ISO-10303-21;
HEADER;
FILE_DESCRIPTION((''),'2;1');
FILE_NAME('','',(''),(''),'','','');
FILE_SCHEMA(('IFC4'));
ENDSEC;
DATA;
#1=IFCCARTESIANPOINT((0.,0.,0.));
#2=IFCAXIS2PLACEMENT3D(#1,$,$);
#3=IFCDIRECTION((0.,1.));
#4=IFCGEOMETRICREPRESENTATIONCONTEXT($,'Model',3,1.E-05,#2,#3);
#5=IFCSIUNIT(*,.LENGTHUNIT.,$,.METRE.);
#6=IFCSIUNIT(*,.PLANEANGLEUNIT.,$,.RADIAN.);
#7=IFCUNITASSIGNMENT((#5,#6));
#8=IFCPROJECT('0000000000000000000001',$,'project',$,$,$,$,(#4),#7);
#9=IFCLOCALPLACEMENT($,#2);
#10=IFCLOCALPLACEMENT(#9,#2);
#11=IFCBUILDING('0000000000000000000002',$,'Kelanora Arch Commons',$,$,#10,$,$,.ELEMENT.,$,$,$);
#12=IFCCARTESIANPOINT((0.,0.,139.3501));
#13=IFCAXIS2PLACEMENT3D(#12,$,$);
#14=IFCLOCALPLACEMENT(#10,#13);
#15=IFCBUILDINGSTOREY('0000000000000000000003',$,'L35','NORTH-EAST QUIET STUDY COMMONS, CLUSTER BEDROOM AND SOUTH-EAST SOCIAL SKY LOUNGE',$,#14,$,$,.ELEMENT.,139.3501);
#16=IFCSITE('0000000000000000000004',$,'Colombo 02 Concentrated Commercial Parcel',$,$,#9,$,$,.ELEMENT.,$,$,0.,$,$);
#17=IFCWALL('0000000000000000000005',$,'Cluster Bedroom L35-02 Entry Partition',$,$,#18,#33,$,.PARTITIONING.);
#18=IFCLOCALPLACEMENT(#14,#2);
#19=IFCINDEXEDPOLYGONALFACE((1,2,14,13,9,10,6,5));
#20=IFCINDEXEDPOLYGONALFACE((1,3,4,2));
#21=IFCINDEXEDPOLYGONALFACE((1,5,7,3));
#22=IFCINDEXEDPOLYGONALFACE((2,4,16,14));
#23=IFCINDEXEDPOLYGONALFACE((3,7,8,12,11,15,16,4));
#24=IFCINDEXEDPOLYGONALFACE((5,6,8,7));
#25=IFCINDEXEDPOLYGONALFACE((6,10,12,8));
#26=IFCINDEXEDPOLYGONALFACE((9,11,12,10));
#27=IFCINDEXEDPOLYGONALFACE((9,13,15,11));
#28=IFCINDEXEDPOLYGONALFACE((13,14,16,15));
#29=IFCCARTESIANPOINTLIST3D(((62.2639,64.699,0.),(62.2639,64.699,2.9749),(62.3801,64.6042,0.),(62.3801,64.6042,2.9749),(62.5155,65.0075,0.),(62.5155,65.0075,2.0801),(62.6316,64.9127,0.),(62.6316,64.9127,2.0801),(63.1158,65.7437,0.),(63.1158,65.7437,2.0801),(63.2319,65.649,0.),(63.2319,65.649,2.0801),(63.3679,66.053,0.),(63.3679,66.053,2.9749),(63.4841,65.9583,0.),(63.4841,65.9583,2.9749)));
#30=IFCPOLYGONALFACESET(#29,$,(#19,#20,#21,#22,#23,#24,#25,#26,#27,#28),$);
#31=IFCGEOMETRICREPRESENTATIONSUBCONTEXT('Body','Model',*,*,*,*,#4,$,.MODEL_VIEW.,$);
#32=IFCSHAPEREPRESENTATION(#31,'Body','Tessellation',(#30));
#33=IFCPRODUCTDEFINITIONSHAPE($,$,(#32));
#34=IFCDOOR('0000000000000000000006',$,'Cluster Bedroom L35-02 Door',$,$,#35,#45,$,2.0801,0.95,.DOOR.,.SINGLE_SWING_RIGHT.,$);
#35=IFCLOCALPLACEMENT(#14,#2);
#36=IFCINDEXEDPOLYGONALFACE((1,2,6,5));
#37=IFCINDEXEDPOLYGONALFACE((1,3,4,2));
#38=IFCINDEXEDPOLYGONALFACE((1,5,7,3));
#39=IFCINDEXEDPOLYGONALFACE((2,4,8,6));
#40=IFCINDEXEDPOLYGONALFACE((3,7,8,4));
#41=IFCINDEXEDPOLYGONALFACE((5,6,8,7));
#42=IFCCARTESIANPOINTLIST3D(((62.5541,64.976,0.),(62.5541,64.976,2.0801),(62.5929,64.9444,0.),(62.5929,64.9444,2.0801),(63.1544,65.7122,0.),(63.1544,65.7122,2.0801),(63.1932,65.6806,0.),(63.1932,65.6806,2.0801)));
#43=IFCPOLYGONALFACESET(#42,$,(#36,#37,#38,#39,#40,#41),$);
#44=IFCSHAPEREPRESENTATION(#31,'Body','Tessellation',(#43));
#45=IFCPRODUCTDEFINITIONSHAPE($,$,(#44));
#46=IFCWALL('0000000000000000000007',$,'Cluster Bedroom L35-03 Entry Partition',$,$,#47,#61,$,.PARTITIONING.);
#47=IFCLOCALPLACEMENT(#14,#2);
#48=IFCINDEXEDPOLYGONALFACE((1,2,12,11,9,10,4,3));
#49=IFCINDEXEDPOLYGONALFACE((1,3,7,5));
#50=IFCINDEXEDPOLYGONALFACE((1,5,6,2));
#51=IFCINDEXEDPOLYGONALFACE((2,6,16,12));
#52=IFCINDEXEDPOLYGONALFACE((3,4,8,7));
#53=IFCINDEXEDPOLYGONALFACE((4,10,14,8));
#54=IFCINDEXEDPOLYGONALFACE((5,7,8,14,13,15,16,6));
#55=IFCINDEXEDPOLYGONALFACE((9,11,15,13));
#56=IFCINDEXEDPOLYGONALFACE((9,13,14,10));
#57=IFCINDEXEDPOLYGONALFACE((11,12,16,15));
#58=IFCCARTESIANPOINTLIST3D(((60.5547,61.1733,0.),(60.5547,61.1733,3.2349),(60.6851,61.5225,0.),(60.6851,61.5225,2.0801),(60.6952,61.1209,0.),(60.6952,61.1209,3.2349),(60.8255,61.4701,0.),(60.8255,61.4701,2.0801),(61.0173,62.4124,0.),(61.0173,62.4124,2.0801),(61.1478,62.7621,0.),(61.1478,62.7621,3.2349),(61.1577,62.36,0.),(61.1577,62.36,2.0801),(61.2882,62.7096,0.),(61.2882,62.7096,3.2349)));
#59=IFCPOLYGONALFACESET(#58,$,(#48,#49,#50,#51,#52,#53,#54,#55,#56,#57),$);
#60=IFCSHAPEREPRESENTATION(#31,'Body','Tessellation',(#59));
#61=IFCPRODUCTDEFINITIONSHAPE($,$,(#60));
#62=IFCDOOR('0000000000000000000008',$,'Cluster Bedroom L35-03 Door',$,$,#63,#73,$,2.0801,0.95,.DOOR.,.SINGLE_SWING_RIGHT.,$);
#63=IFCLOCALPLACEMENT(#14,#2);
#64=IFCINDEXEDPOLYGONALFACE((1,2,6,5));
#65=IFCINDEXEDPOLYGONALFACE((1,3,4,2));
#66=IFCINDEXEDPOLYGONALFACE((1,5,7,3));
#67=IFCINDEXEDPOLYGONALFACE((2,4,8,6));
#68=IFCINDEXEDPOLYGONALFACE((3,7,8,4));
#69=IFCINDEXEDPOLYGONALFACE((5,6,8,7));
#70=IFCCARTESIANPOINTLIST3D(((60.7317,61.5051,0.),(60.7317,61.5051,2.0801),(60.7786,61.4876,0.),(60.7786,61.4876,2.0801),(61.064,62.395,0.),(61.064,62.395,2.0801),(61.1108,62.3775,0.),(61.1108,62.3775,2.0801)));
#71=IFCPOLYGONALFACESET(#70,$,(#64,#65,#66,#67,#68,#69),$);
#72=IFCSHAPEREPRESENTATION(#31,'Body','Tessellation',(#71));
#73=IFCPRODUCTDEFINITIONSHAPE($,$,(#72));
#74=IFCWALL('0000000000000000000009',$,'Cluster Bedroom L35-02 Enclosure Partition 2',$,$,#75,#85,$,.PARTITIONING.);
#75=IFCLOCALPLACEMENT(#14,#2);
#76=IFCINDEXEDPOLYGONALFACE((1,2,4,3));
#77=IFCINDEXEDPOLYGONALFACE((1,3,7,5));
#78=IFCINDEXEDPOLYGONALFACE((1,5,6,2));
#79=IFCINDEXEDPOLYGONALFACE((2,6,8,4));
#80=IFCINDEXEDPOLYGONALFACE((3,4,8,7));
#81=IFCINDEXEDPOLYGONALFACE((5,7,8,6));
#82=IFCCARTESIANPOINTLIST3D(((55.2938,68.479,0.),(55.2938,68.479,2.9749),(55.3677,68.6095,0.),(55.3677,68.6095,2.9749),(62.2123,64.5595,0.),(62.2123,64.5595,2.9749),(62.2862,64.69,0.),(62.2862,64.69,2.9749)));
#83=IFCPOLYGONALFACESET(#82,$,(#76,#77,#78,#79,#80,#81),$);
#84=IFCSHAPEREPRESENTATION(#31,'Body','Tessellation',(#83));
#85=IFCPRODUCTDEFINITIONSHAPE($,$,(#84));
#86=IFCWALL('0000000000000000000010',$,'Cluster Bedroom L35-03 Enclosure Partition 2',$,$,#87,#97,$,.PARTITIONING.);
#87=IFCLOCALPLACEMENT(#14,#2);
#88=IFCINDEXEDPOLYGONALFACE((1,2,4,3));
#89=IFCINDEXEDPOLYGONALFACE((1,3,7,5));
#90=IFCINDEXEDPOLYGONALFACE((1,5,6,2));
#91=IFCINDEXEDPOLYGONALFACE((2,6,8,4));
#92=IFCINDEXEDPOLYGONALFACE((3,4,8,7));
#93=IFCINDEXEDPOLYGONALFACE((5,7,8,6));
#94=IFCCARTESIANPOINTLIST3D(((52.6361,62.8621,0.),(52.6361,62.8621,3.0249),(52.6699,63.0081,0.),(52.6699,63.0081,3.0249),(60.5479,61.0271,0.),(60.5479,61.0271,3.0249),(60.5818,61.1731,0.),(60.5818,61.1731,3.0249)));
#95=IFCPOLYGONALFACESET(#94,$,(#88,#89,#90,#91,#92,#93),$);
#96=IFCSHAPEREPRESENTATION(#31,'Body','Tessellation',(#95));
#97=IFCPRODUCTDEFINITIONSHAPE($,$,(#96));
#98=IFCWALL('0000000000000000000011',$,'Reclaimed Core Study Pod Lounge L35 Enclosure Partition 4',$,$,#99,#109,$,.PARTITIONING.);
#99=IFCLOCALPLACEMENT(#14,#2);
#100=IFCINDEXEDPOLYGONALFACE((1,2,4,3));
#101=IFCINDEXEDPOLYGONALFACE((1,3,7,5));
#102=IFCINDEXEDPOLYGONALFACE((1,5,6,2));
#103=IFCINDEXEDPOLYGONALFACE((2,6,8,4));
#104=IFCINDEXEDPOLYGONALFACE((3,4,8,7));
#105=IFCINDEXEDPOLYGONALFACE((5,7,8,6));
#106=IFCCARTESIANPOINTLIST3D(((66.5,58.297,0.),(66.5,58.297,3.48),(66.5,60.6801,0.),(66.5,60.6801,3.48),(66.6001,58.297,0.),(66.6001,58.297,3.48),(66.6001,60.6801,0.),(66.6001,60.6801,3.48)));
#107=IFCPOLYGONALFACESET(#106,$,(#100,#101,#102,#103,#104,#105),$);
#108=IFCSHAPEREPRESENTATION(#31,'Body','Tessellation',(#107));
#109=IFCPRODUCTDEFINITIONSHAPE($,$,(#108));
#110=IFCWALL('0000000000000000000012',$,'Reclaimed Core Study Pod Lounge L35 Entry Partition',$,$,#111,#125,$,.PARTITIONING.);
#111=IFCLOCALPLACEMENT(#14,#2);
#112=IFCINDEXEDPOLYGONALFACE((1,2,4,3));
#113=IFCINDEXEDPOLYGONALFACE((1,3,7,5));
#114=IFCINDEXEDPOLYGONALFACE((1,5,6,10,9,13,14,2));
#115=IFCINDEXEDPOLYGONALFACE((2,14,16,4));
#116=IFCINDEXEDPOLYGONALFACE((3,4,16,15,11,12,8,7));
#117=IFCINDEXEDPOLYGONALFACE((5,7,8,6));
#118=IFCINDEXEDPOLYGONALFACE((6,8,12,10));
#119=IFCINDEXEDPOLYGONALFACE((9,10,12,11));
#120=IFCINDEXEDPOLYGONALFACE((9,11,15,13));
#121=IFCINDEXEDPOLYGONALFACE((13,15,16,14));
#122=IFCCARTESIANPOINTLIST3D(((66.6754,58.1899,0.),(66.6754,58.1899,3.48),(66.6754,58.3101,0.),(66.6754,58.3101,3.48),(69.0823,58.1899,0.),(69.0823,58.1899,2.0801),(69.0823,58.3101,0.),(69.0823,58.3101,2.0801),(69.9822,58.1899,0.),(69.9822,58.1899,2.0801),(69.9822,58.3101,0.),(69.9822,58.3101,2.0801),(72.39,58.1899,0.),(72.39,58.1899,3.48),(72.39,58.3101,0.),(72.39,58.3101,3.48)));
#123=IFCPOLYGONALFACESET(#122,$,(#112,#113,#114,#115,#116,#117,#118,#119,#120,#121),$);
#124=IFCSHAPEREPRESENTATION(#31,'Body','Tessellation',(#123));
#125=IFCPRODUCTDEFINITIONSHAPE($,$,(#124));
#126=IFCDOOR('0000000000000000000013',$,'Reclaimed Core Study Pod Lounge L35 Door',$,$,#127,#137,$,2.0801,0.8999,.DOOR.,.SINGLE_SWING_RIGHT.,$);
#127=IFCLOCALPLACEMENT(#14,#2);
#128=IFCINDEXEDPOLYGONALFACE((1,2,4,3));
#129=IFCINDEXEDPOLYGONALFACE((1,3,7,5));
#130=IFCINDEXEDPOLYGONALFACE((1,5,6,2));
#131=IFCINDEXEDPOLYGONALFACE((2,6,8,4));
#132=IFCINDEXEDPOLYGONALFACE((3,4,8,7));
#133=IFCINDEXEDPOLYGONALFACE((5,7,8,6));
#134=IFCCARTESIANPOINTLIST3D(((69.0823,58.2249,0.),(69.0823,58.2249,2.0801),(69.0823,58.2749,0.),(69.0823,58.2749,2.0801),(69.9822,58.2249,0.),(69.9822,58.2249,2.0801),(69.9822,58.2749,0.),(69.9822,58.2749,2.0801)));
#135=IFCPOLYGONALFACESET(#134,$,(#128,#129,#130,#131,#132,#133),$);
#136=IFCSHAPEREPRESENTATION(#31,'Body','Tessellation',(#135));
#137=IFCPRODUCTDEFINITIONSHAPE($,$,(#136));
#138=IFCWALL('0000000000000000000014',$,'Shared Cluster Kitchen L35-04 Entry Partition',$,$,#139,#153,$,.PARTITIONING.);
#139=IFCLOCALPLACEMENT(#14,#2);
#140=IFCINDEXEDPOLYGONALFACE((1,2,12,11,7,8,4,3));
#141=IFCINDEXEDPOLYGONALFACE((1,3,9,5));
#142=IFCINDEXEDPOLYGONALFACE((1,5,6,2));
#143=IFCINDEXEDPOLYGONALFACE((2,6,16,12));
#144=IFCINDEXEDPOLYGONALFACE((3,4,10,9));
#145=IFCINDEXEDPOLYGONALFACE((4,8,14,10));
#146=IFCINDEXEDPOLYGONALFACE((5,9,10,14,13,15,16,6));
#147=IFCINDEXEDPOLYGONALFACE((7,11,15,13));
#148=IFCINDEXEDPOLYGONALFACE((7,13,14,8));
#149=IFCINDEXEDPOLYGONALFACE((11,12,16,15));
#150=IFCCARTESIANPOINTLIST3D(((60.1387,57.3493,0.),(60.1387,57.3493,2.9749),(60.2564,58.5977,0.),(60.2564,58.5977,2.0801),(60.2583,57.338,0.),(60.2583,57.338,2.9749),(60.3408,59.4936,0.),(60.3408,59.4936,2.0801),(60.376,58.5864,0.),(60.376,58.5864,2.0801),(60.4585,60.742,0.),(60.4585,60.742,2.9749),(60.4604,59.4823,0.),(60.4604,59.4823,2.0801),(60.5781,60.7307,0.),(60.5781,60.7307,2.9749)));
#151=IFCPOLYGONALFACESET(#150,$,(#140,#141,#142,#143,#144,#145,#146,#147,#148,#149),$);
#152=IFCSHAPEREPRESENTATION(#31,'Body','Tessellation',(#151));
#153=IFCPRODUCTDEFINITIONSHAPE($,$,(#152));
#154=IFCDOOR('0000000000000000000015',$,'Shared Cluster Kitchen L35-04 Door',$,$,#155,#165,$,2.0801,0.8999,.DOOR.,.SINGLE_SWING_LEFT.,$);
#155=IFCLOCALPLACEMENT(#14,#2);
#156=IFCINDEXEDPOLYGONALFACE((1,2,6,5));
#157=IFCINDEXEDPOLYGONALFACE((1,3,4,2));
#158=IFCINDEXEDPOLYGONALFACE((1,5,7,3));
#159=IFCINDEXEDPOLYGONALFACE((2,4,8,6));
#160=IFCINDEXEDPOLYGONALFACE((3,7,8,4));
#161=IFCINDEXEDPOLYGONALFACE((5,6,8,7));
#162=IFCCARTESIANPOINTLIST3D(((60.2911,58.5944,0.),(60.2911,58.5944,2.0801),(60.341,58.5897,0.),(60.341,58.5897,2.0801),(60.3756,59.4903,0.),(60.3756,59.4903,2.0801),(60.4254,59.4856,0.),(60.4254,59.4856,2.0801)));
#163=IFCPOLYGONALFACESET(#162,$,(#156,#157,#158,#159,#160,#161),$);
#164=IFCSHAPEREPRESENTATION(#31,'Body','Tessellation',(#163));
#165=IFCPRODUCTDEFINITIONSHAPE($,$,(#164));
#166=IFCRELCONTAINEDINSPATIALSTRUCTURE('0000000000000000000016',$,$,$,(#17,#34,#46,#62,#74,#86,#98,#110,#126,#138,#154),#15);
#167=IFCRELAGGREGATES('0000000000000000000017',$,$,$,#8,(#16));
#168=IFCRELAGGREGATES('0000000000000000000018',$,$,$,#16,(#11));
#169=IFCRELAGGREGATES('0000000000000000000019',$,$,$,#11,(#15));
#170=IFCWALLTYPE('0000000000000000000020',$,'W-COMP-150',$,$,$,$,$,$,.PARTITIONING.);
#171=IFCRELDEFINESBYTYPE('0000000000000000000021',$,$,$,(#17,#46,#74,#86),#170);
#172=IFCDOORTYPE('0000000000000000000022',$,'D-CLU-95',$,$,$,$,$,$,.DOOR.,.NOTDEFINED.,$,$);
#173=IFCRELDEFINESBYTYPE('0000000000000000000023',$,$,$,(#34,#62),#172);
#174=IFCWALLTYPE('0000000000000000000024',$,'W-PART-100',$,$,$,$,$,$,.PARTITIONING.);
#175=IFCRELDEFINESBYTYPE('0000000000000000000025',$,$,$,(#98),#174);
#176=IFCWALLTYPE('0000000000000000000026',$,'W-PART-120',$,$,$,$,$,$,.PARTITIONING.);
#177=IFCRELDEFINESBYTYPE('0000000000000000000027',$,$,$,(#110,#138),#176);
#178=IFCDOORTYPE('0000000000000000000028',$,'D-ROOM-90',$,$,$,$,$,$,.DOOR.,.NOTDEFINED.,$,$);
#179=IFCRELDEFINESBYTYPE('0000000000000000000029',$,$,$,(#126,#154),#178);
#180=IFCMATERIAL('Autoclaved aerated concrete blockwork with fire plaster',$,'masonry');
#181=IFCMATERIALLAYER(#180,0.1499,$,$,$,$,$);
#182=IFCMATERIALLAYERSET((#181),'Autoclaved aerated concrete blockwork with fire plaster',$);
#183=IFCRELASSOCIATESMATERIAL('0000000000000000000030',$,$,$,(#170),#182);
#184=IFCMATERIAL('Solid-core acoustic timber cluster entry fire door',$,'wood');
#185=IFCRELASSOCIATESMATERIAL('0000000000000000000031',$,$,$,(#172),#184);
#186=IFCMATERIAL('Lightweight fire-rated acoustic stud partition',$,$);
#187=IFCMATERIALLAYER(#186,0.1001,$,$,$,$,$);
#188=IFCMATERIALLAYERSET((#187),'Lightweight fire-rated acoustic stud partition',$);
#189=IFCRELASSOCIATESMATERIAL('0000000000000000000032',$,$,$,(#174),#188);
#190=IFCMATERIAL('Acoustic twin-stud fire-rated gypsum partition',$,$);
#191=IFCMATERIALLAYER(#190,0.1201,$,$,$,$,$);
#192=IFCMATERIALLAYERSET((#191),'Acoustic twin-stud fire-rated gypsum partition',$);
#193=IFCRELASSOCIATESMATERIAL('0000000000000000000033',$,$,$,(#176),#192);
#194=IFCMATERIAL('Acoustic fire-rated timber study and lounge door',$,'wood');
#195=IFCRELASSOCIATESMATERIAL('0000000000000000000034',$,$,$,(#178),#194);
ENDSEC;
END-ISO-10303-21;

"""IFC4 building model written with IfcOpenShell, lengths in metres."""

from ifc_helpers import new_model, si_unit, direction, frame, frame_2d, origin, place, context, subcontext, project, spatial, rectangle, extrude, material, layer, layer_set, type_object, element, fill, save


model = new_model("IFC4")

# Units and contexts
model_context = context("Model", 3, precision=1e-05, world=origin(), true_north=direction((0.0, 1.0)))
body_context = subcontext(model_context, "Body", "Model", "MODEL_VIEW")
ifc_project = project(units=[si_unit("LENGTHUNIT", "METRE"), si_unit("PLANEANGLEUNIT", "RADIAN")], contexts=[model_context])

# Site, building, storey
site_placement = place(None, origin())
site = spatial("IfcSite", under=ifc_project, at=site_placement, Name="Colombo 02 Concentrated Commercial Parcel", CompositionType="ELEMENT", RefElevation=0.0)
building_placement = place(site_placement, origin())
building = spatial("IfcBuilding", under=site, at=building_placement, Name="Kelanora Arch Commons", CompositionType="ELEMENT")
storey_placement = place(building_placement, frame((0.0, 0.0, 139.3501)))
storey = spatial("IfcBuildingStorey", under=building, at=storey_placement, Name="L35", Description="NORTH-EAST QUIET STUDY COMMONS, CLUSTER BEDROOM AND SOUTH-EAST SOCIAL SKY LOUNGE", CompositionType="ELEMENT", Elevation=139.3501)

# Walls, openings, doors
ifc_material_1 = material(Name="Autoclaved aerated concrete blockwork with fire plaster", Category="masonry")
ifc_layer_1 = layer(ifc_material_1, 0.1499)
ifc_layer_set_1 = layer_set([ifc_layer_1], Name="Autoclaved aerated concrete blockwork with fire plaster")
wall_type_1 = type_object("IfcWallType", Name="W-COMP-150", PredefinedType="PARTITIONING", material=ifc_layer_set_1)
wall_1_placement = place(storey_placement, frame((63.426, 66.0056, 0.0), z_axis=(0.0, 0.0, 1.0), x_axis=(-0.631928, -0.775027, 0.0)))
wall_1 = element("IfcWall", 1, at=wall_1_placement, inside=storey, type_object=wall_type_1, Name="Cluster Bedroom L35-02 Entry Partition", PredefinedType="PARTITIONING", context=body_context, shape_type="SweptSolid", body=[
    extrude(rectangle(XDim=1.7471, YDim=0.1499, at=frame_2d((0.8735, 0.0))), origin(), (0.0, 0.0, 1.0), 2.9749),
])
opening_1_placement = place(wall_1_placement, frame((0.3989, 0.0, 0.0)))
opening_1 = element("IfcOpeningElement", 2, at=opening_1_placement, cuts=wall_1, PredefinedType="OPENING", context=body_context, shape_type="SweptSolid", body=[
    extrude(rectangle(XDim=0.95, YDim=2.0801, at=frame_2d((0.4751, 1.04))), frame((0.0, 0.085, 0.0), z_axis=(0.0, -1.0, 0.0), x_axis=(1.0, 0.0, 0.0)), (0.0, 0.0, 1.0), 0.1699),
])
ifc_material_2 = material(Name="Solid-core acoustic timber cluster entry fire door", Category="wood")
door_type_1 = type_object("IfcDoorType", Name="D-CLU-95", OperationType="NOTDEFINED", PredefinedType="DOOR", material=ifc_material_2)
door_1_placement = place(opening_1_placement, origin())
door_1 = element("IfcDoor", 3, at=door_1_placement, inside=storey, type_object=door_type_1, Name="Cluster Bedroom L35-02 Door", OperationType="SINGLE_SWING_RIGHT", OverallHeight=2.0801, OverallWidth=0.95, PredefinedType="DOOR", context=body_context, shape_type="SweptSolid", body=[
    extrude(rectangle(XDim=0.95, YDim=2.0801, at=frame_2d((0.4751, 1.04))), frame((0.0, 0.0249, 0.0), z_axis=(0.0, -1.0, 0.0), x_axis=(1.0, 0.0, 0.0)), (0.0, 0.0, 1.0), 0.05),
])
fill(opening_1, door_1)
wall_2_placement = place(storey_placement, frame((61.218, 62.7358, 0.0), z_axis=(0.0, 0.0, 1.0), x_axis=(-0.349719, -0.936855, 0.0)))
wall_2 = element("IfcWall", 4, at=wall_2_placement, inside=storey, type_object=wall_type_1, Name="Cluster Bedroom L35-03 Entry Partition", PredefinedType="PARTITIONING", context=body_context, shape_type="SweptSolid", body=[
    extrude(rectangle(XDim=1.6958, YDim=0.1499, at=frame_2d((0.8479, 0.0))), origin(), (0.0, 0.0, 1.0), 3.2349),
])
opening_2_placement = place(wall_2_placement, frame((0.373, 0.0, 0.0)))
opening_2 = element("IfcOpeningElement", 5, at=opening_2_placement, cuts=wall_2, PredefinedType="OPENING", context=body_context, shape_type="SweptSolid", body=[
    extrude(rectangle(XDim=0.95, YDim=2.0801, at=frame_2d((0.4751, 1.04))), frame((0.0, 0.085, 0.0), z_axis=(0.0, -1.0, 0.0), x_axis=(1.0, 0.0, 0.0)), (0.0, 0.0, 1.0), 0.1699),
])
door_2_placement = place(opening_2_placement, origin())
door_2 = element("IfcDoor", 6, at=door_2_placement, inside=storey, type_object=door_type_1, Name="Cluster Bedroom L35-03 Door", OperationType="SINGLE_SWING_RIGHT", OverallHeight=2.0801, OverallWidth=0.95, PredefinedType="DOOR", context=body_context, shape_type="SweptSolid", body=[
    extrude(rectangle(XDim=0.95, YDim=2.0801, at=frame_2d((0.4751, 1.04))), frame((0.0, 0.0249, 0.0), z_axis=(0.0, -1.0, 0.0), x_axis=(1.0, 0.0, 0.0)), (0.0, 0.0, 1.0), 0.05),
])
fill(opening_2, door_2)

# Walls
wall_3_placement = place(storey_placement, frame((62.2493, 64.6248, 0.0), z_axis=(0.0, 0.0, 1.0), x_axis=(-0.870077, 0.492915, 0.0)))
element("IfcWall", 7, at=wall_3_placement, inside=storey, type_object=wall_type_1, Name="Cluster Bedroom L35-02 Enclosure Partition 2", PredefinedType="PARTITIONING", context=body_context, shape_type="SweptSolid", body=[
    extrude(rectangle(XDim=7.9517, YDim=0.1499, at=frame_2d((3.9758, 0.0))), origin(), (0.0, 0.0, 1.0), 2.9749),
])
wall_4_placement = place(storey_placement, frame((60.5649, 61.1001, 0.0), z_axis=(0.0, 0.0, 1.0), x_axis=(-0.974144, 0.225929, 0.0)))
element("IfcWall", 8, at=wall_4_placement, inside=storey, type_object=wall_type_1, Name="Cluster Bedroom L35-03 Enclosure Partition 2", PredefinedType="PARTITIONING", context=body_context, shape_type="SweptSolid", body=[
    extrude(rectangle(XDim=8.1218, YDim=0.1499, at=frame_2d((4.061, 0.0))), origin(), (0.0, 0.0, 1.0), 3.0249),
])
ifc_material_3 = material(Name="Lightweight fire-rated acoustic stud partition")
ifc_layer_2 = layer(ifc_material_3, 0.1001)
ifc_layer_set_2 = layer_set([ifc_layer_2], Name="Lightweight fire-rated acoustic stud partition")
wall_type_2 = type_object("IfcWallType", Name="W-PART-100", PredefinedType="PARTITIONING", material=ifc_layer_set_2)
wall_5_placement = place(storey_placement, frame((66.55, 60.6799, 0.0), z_axis=(0.0, 0.0, 1.0), x_axis=(0.0, -1.0, 0.0)))
element("IfcWall", 9, at=wall_5_placement, inside=storey, type_object=wall_type_2, Name="Reclaimed Core Study Pod Lounge L35 Enclosure Partition 4", PredefinedType="PARTITIONING", context=body_context, shape_type="SweptSolid", body=[
    extrude(rectangle(XDim=2.3831, YDim=0.1001, at=frame_2d((1.1914, 0.0))), origin(), (0.0, 0.0, 1.0), 3.48),
])

# Walls, openings, doors
ifc_material_4 = material(Name="Acoustic twin-stud fire-rated gypsum partition")
ifc_layer_3 = layer(ifc_material_4, 0.1201)
ifc_layer_set_3 = layer_set([ifc_layer_3], Name="Acoustic twin-stud fire-rated gypsum partition")
wall_type_3 = type_object("IfcWallType", Name="W-PART-120", PredefinedType="PARTITIONING", material=ifc_layer_set_3)
wall_6_placement = place(storey_placement, frame((66.6753, 58.25, 0.0), z_axis=(0.0, 0.0, 1.0), x_axis=(1.0, 0.0, 0.0)))
wall_6 = element("IfcWall", 10, at=wall_6_placement, inside=storey, type_object=wall_type_3, Name="Reclaimed Core Study Pod Lounge L35 Entry Partition", PredefinedType="PARTITIONING", context=body_context, shape_type="SweptSolid", body=[
    extrude(rectangle(XDim=5.7146, YDim=0.1201, at=frame_2d((2.8574, 0.0))), origin(), (0.0, 0.0, 1.0), 3.48),
])
opening_3_placement = place(wall_6_placement, frame((2.407, 0.0, 0.0)))
opening_3 = element("IfcOpeningElement", 11, at=opening_3_placement, cuts=wall_6, PredefinedType="OPENING", context=body_context, shape_type="SweptSolid", body=[
    extrude(rectangle(XDim=0.8999, YDim=2.0801, at=frame_2d((0.45, 1.04))), frame((0.0, 0.0701, 0.0), z_axis=(0.0, -1.0, 0.0), x_axis=(1.0, 0.0, 0.0)), (0.0, 0.0, 1.0), 0.1401),
])
ifc_material_5 = material(Name="Acoustic fire-rated timber study and lounge door", Category="wood")
door_type_2 = type_object("IfcDoorType", Name="D-ROOM-90", OperationType="NOTDEFINED", PredefinedType="DOOR", material=ifc_material_5)
door_3_placement = place(opening_3_placement, origin())
door_3 = element("IfcDoor", 12, at=door_3_placement, inside=storey, type_object=door_type_2, Name="Reclaimed Core Study Pod Lounge L35 Door", OperationType="SINGLE_SWING_RIGHT", OverallHeight=2.0801, OverallWidth=0.8999, PredefinedType="DOOR", context=body_context, shape_type="SweptSolid", body=[
    extrude(rectangle(XDim=0.8999, YDim=2.0801, at=frame_2d((0.45, 1.04))), frame((0.0, 0.0249, 0.0), z_axis=(0.0, -1.0, 0.0), x_axis=(1.0, 0.0, 0.0)), (0.0, 0.0, 1.0), 0.05),
])
fill(opening_3, door_3)
wall_7_placement = place(storey_placement, frame((60.5183, 60.7363, 0.0), z_axis=(0.0, 0.0, 1.0), x_axis=(-0.093856, -0.995586, 0.0)))
wall_7 = element("IfcWall", 13, at=wall_7_placement, inside=storey, type_object=wall_type_3, Name="Shared Cluster Kitchen L35-04 Entry Partition", PredefinedType="PARTITIONING", context=body_context, shape_type="SweptSolid", body=[
    extrude(rectangle(XDim=3.4077, YDim=0.1201, at=frame_2d((1.7039, 0.0))), origin(), (0.0, 0.0, 1.0), 2.9749),
])
opening_4_placement = place(wall_7_placement, frame((1.2539, 0.0, 0.0)))
opening_4 = element("IfcOpeningElement", 14, at=opening_4_placement, cuts=wall_7, PredefinedType="OPENING", context=body_context, shape_type="SweptSolid", body=[
    extrude(rectangle(XDim=0.8999, YDim=2.0801, at=frame_2d((0.45, 1.04))), frame((0.0, 0.0701, 0.0), z_axis=(0.0, -1.0, 0.0), x_axis=(1.0, 0.0, 0.0)), (0.0, 0.0, 1.0), 0.1401),
])
door_4_placement = place(opening_4_placement, origin())
door_4 = element("IfcDoor", 15, at=door_4_placement, inside=storey, type_object=door_type_2, Name="Shared Cluster Kitchen L35-04 Door", OperationType="SINGLE_SWING_LEFT", OverallHeight=2.0801, OverallWidth=0.8999, PredefinedType="DOOR", context=body_context, shape_type="SweptSolid", body=[
    extrude(rectangle(XDim=0.8999, YDim=2.0801, at=frame_2d((0.45, 1.04))), frame((0.0, 0.0249, 0.0), z_axis=(0.0, -1.0, 0.0), x_axis=(1.0, 0.0, 0.0)), (0.0, 0.0, 1.0), 0.05),
])
fill(opening_4, door_4)

save(model, "model.ifc")
